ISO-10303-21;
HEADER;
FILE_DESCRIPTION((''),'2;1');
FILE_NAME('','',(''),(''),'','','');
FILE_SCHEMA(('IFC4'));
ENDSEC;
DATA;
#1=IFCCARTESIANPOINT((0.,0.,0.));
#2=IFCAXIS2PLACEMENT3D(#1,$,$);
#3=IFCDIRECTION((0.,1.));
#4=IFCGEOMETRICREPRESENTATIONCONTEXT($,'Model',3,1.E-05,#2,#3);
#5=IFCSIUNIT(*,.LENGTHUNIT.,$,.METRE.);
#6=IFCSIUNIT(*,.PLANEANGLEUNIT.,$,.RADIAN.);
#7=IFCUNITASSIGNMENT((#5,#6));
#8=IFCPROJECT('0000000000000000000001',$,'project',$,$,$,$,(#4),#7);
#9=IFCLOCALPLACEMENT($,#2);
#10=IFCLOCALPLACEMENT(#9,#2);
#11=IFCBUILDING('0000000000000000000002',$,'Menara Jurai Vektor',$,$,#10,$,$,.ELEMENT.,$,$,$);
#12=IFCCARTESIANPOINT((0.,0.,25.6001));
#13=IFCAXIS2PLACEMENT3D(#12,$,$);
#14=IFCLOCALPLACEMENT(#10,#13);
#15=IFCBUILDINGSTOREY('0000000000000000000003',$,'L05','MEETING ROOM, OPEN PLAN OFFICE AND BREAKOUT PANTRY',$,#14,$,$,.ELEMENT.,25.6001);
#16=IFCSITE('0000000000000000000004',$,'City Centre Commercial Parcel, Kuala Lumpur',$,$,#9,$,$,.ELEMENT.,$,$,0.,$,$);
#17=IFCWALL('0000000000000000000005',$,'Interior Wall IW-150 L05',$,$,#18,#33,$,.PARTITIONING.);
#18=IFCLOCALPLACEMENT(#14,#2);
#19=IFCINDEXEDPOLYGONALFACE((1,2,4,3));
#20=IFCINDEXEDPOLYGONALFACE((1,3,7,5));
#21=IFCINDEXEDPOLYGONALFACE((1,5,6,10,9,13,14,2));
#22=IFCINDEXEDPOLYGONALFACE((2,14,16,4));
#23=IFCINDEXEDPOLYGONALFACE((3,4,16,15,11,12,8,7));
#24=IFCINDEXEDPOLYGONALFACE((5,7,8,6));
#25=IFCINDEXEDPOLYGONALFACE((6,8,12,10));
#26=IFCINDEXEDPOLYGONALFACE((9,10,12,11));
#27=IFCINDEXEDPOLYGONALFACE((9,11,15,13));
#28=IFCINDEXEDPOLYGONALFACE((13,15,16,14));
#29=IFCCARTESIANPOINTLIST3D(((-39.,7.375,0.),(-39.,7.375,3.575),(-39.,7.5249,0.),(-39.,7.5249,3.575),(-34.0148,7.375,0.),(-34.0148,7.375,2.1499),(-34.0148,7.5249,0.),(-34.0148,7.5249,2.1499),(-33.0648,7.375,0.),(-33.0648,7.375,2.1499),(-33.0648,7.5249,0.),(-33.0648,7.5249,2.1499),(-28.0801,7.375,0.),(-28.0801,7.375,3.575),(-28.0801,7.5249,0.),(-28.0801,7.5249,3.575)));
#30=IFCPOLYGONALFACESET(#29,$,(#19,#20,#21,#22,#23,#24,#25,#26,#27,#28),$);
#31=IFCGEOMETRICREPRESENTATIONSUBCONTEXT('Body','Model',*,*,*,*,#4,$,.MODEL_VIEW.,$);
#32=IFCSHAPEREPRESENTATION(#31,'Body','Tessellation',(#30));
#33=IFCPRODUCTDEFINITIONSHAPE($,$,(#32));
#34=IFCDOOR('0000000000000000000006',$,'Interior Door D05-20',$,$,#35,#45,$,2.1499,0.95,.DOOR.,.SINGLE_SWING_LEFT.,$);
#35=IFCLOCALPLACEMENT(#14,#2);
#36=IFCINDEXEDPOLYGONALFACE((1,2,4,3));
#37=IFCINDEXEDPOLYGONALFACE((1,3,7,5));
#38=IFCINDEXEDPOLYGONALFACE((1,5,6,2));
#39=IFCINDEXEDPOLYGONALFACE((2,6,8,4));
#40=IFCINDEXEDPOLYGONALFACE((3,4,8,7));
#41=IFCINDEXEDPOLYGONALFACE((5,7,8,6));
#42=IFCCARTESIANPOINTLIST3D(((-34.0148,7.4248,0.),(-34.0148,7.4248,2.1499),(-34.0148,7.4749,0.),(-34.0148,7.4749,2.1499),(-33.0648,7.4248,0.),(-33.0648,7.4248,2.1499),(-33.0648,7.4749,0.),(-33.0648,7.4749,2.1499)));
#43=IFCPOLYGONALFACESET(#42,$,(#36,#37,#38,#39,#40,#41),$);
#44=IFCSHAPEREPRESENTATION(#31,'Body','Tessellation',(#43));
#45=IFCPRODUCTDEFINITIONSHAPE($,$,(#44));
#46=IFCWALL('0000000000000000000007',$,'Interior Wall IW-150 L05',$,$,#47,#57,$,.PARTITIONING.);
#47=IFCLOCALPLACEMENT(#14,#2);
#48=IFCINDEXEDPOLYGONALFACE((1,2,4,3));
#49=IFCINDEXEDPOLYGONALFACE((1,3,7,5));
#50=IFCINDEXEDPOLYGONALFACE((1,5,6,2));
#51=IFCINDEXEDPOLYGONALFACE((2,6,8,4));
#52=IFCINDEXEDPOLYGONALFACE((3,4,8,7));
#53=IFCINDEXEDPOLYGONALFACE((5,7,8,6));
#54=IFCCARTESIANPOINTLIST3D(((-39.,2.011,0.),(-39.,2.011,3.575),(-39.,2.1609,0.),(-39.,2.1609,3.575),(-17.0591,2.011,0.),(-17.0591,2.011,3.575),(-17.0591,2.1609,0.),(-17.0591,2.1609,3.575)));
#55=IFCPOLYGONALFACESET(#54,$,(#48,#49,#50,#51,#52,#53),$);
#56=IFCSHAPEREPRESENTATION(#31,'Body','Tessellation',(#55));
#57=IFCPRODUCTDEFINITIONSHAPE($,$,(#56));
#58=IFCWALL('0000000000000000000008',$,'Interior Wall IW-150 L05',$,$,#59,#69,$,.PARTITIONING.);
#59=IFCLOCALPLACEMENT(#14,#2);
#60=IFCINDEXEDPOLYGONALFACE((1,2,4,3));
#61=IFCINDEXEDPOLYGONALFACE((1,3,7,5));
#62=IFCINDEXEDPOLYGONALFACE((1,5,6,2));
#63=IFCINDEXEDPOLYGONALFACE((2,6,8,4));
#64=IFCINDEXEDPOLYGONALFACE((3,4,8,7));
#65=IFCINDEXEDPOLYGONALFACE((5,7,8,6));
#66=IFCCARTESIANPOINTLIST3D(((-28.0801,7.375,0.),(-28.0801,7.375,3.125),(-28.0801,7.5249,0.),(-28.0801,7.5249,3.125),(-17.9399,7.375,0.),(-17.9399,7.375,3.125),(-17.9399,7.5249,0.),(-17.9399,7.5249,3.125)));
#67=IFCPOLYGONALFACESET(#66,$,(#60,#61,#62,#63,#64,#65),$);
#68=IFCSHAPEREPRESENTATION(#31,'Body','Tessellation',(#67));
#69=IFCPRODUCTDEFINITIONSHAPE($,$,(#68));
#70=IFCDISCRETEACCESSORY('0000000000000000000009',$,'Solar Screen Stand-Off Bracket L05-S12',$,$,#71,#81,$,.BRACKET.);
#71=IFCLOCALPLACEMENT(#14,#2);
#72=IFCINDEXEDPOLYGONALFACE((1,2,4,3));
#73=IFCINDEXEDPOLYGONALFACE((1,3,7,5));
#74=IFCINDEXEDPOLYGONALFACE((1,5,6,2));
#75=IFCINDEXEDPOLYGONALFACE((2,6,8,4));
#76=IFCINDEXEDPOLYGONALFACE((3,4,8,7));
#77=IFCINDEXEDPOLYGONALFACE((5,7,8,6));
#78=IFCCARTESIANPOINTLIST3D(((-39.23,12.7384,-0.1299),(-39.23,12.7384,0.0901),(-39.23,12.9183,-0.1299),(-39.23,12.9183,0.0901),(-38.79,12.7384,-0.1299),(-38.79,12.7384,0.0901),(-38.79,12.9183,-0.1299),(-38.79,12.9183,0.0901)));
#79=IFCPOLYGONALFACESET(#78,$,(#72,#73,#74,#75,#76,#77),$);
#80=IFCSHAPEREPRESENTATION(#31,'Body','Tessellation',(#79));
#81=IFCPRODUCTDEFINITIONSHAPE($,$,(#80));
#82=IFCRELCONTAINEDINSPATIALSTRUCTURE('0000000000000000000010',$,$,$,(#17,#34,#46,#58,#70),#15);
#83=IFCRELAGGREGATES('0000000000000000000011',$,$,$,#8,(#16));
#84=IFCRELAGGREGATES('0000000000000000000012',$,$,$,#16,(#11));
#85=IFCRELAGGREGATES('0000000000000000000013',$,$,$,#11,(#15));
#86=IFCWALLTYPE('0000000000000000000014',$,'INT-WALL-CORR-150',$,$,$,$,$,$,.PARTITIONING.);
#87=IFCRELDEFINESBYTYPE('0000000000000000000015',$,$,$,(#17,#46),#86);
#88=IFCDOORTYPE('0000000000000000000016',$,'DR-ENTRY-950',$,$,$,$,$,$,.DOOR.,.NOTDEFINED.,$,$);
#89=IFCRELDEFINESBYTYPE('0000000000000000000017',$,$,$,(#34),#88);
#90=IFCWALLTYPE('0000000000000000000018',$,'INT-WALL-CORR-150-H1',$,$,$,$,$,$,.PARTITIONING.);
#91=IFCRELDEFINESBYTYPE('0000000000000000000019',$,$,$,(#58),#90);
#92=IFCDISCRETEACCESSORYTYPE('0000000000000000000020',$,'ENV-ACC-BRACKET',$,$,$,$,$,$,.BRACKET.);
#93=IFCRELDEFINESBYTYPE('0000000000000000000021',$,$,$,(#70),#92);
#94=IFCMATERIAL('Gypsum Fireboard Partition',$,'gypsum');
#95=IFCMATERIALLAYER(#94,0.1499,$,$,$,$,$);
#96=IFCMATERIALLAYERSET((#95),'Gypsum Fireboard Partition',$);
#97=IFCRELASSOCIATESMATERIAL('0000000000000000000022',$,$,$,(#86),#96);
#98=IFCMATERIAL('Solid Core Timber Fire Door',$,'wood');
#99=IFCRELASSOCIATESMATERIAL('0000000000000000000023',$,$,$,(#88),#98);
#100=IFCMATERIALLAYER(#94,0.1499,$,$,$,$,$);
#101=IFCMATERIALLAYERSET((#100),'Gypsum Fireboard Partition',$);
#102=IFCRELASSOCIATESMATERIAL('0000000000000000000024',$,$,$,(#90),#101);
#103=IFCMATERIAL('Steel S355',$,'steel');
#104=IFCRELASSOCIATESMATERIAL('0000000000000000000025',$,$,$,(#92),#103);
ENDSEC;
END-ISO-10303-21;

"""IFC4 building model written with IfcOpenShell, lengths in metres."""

from ifc_helpers import new_model, si_unit, direction, frame, frame_2d, origin, origin_2d, place, context, subcontext, project, spatial, rectangle, extrude, material, layer, layer_set, type_object, element, fill, save


model = new_model("IFC4")

# Units and contexts
model_context = context("Model", 3, precision=1e-05, world=origin(), true_north=direction((0.0, 1.0)))
body_context = subcontext(model_context, "Body", "Model", "MODEL_VIEW")
ifc_project = project(units=[si_unit("LENGTHUNIT", "METRE"), si_unit("PLANEANGLEUNIT", "RADIAN")], contexts=[model_context])

# Site, building, storey
site_placement = place(None, origin())
site = spatial("IfcSite", under=ifc_project, at=site_placement, Name="City Centre Commercial Parcel, Kuala Lumpur", CompositionType="ELEMENT", RefElevation=0.0)
building_placement = place(site_placement, origin())
building = spatial("IfcBuilding", under=site, at=building_placement, Name="Menara Jurai Vektor", CompositionType="ELEMENT")
storey_placement = place(building_placement, frame((0.0, 0.0, 25.6001)))
storey = spatial("IfcBuildingStorey", under=building, at=storey_placement, Name="L05", Description="MEETING ROOM, OPEN PLAN OFFICE AND BREAKOUT PANTRY", CompositionType="ELEMENT", Elevation=25.6001)

# Shared definitions
ifc_material_1 = material(Name="Steel S355", Category="steel")

# Shared definitions
ifc_material_2 = material(Name="Gypsum Fireboard Partition", Category="gypsum")
ifc_layer_1 = layer(ifc_material_2, 0.1499)
ifc_layer_set_1 = layer_set([ifc_layer_1], Name="Gypsum Fireboard Partition")
wall_type_1 = type_object("IfcWallType", Name="INT-WALL-CORR-150", PredefinedType="PARTITIONING", material=ifc_layer_set_1)

# Wall, opening, door
ifc_material_3 = material(Name="Solid Core Timber Fire Door", Category="wood")
door_type = type_object("IfcDoorType", Name="DR-ENTRY-950", OperationType="NOTDEFINED", PredefinedType="DOOR", material=ifc_material_3)
wall_1_placement = place(storey_placement, frame((-39.0, 7.45, 0.0), z_axis=(0.0, 0.0, 1.0), x_axis=(1.0, 0.0, 0.0)))
wall_1 = element("IfcWall", 1, at=wall_1_placement, inside=storey, type_object=wall_type_1, Name="Interior Wall IW-150 L05", PredefinedType="PARTITIONING", context=body_context, shape_type="SweptSolid", body=[
    extrude(rectangle(XDim=10.9199, YDim=0.1499, at=frame_2d((5.46, 0.0))), origin(), (0.0, 0.0, 1.0), 3.575),
])
opening_1_placement = place(wall_1_placement, frame((4.9851, 0.0, 0.0)))
opening_1 = element("IfcOpeningElement", 2, at=opening_1_placement, cuts=wall_1, PredefinedType="OPENING", context=body_context, shape_type="SweptSolid", body=[
    extrude(rectangle(XDim=0.95, YDim=2.1499, at=frame_2d((0.4751, 1.075))), frame((0.0, 0.085, 0.0), z_axis=(0.0, -1.0, 0.0), x_axis=(1.0, 0.0, 0.0)), (0.0, 0.0, 1.0), 0.1699),
])
door_1_placement = place(opening_1_placement, origin())
door_1 = element("IfcDoor", 3, at=door_1_placement, inside=storey, type_object=door_type, Name="Interior Door D05-20", OperationType="SINGLE_SWING_LEFT", OverallHeight=2.1499, OverallWidth=0.95, PredefinedType="DOOR", context=body_context, shape_type="SweptSolid", body=[
    extrude(rectangle(XDim=0.95, YDim=2.1499, at=frame_2d((0.4751, 1.075))), frame((0.0, 0.0249, 0.0), z_axis=(0.0, -1.0, 0.0), x_axis=(1.0, 0.0, 0.0)), (0.0, 0.0, 1.0), 0.05),
])
fill(opening_1, door_1)

# Walls
wall_2_placement = place(storey_placement, frame((-39.0, 2.0859, 0.0), z_axis=(0.0, 0.0, 1.0), x_axis=(1.0, 0.0, 0.0)))
element("IfcWall", 4, at=wall_2_placement, inside=storey, type_object=wall_type_1, Name="Interior Wall IW-150 L05", PredefinedType="PARTITIONING", context=body_context, shape_type="SweptSolid", body=[
    extrude(rectangle(XDim=21.9409, YDim=0.1499, at=frame_2d((10.9705, 0.0))), origin(), (0.0, 0.0, 1.0), 3.575),
])
ifc_layer_2 = layer(ifc_material_2, 0.1499)
ifc_layer_set_2 = layer_set([ifc_layer_2], Name="Gypsum Fireboard Partition")
wall_type_2 = type_object("IfcWallType", Name="INT-WALL-CORR-150-H1", PredefinedType="PARTITIONING", material=ifc_layer_set_2)
wall_3_placement = place(storey_placement, frame((-28.0801, 7.45, 0.0), z_axis=(0.0, 0.0, 1.0), x_axis=(1.0, 0.0, 0.0)))
element("IfcWall", 5, at=wall_3_placement, inside=storey, type_object=wall_type_2, Name="Interior Wall IW-150 L05", PredefinedType="PARTITIONING", context=body_context, shape_type="SweptSolid", body=[
    extrude(rectangle(XDim=10.1401, YDim=0.1499, at=frame_2d((5.0701, 0.0))), origin(), (0.0, 0.0, 1.0), 3.125),
])

# Discrete accessory
discrete_accessory_type = type_object("IfcDiscreteAccessoryType", Name="ENV-ACC-BRACKET", PredefinedType="BRACKET", material=ifc_material_1)
discrete_accessory_placement = place(storey_placement, frame((-39.01, 12.8284, -0.1299), z_axis=(0.0, 0.0, 1.0), x_axis=(0.0, -1.0, 0.0)))
element("IfcDiscreteAccessory", 6, at=discrete_accessory_placement, inside=storey, type_object=discrete_accessory_type, Name="Solar Screen Stand-Off Bracket L05-S12", PredefinedType="BRACKET", context=body_context, shape_type="SweptSolid", body=[
    extrude(rectangle(XDim=0.1799, YDim=0.4399, at=origin_2d()), origin(), (0.0, 0.0, 1.0), 0.22),
])

save(model, "model.ifc")
